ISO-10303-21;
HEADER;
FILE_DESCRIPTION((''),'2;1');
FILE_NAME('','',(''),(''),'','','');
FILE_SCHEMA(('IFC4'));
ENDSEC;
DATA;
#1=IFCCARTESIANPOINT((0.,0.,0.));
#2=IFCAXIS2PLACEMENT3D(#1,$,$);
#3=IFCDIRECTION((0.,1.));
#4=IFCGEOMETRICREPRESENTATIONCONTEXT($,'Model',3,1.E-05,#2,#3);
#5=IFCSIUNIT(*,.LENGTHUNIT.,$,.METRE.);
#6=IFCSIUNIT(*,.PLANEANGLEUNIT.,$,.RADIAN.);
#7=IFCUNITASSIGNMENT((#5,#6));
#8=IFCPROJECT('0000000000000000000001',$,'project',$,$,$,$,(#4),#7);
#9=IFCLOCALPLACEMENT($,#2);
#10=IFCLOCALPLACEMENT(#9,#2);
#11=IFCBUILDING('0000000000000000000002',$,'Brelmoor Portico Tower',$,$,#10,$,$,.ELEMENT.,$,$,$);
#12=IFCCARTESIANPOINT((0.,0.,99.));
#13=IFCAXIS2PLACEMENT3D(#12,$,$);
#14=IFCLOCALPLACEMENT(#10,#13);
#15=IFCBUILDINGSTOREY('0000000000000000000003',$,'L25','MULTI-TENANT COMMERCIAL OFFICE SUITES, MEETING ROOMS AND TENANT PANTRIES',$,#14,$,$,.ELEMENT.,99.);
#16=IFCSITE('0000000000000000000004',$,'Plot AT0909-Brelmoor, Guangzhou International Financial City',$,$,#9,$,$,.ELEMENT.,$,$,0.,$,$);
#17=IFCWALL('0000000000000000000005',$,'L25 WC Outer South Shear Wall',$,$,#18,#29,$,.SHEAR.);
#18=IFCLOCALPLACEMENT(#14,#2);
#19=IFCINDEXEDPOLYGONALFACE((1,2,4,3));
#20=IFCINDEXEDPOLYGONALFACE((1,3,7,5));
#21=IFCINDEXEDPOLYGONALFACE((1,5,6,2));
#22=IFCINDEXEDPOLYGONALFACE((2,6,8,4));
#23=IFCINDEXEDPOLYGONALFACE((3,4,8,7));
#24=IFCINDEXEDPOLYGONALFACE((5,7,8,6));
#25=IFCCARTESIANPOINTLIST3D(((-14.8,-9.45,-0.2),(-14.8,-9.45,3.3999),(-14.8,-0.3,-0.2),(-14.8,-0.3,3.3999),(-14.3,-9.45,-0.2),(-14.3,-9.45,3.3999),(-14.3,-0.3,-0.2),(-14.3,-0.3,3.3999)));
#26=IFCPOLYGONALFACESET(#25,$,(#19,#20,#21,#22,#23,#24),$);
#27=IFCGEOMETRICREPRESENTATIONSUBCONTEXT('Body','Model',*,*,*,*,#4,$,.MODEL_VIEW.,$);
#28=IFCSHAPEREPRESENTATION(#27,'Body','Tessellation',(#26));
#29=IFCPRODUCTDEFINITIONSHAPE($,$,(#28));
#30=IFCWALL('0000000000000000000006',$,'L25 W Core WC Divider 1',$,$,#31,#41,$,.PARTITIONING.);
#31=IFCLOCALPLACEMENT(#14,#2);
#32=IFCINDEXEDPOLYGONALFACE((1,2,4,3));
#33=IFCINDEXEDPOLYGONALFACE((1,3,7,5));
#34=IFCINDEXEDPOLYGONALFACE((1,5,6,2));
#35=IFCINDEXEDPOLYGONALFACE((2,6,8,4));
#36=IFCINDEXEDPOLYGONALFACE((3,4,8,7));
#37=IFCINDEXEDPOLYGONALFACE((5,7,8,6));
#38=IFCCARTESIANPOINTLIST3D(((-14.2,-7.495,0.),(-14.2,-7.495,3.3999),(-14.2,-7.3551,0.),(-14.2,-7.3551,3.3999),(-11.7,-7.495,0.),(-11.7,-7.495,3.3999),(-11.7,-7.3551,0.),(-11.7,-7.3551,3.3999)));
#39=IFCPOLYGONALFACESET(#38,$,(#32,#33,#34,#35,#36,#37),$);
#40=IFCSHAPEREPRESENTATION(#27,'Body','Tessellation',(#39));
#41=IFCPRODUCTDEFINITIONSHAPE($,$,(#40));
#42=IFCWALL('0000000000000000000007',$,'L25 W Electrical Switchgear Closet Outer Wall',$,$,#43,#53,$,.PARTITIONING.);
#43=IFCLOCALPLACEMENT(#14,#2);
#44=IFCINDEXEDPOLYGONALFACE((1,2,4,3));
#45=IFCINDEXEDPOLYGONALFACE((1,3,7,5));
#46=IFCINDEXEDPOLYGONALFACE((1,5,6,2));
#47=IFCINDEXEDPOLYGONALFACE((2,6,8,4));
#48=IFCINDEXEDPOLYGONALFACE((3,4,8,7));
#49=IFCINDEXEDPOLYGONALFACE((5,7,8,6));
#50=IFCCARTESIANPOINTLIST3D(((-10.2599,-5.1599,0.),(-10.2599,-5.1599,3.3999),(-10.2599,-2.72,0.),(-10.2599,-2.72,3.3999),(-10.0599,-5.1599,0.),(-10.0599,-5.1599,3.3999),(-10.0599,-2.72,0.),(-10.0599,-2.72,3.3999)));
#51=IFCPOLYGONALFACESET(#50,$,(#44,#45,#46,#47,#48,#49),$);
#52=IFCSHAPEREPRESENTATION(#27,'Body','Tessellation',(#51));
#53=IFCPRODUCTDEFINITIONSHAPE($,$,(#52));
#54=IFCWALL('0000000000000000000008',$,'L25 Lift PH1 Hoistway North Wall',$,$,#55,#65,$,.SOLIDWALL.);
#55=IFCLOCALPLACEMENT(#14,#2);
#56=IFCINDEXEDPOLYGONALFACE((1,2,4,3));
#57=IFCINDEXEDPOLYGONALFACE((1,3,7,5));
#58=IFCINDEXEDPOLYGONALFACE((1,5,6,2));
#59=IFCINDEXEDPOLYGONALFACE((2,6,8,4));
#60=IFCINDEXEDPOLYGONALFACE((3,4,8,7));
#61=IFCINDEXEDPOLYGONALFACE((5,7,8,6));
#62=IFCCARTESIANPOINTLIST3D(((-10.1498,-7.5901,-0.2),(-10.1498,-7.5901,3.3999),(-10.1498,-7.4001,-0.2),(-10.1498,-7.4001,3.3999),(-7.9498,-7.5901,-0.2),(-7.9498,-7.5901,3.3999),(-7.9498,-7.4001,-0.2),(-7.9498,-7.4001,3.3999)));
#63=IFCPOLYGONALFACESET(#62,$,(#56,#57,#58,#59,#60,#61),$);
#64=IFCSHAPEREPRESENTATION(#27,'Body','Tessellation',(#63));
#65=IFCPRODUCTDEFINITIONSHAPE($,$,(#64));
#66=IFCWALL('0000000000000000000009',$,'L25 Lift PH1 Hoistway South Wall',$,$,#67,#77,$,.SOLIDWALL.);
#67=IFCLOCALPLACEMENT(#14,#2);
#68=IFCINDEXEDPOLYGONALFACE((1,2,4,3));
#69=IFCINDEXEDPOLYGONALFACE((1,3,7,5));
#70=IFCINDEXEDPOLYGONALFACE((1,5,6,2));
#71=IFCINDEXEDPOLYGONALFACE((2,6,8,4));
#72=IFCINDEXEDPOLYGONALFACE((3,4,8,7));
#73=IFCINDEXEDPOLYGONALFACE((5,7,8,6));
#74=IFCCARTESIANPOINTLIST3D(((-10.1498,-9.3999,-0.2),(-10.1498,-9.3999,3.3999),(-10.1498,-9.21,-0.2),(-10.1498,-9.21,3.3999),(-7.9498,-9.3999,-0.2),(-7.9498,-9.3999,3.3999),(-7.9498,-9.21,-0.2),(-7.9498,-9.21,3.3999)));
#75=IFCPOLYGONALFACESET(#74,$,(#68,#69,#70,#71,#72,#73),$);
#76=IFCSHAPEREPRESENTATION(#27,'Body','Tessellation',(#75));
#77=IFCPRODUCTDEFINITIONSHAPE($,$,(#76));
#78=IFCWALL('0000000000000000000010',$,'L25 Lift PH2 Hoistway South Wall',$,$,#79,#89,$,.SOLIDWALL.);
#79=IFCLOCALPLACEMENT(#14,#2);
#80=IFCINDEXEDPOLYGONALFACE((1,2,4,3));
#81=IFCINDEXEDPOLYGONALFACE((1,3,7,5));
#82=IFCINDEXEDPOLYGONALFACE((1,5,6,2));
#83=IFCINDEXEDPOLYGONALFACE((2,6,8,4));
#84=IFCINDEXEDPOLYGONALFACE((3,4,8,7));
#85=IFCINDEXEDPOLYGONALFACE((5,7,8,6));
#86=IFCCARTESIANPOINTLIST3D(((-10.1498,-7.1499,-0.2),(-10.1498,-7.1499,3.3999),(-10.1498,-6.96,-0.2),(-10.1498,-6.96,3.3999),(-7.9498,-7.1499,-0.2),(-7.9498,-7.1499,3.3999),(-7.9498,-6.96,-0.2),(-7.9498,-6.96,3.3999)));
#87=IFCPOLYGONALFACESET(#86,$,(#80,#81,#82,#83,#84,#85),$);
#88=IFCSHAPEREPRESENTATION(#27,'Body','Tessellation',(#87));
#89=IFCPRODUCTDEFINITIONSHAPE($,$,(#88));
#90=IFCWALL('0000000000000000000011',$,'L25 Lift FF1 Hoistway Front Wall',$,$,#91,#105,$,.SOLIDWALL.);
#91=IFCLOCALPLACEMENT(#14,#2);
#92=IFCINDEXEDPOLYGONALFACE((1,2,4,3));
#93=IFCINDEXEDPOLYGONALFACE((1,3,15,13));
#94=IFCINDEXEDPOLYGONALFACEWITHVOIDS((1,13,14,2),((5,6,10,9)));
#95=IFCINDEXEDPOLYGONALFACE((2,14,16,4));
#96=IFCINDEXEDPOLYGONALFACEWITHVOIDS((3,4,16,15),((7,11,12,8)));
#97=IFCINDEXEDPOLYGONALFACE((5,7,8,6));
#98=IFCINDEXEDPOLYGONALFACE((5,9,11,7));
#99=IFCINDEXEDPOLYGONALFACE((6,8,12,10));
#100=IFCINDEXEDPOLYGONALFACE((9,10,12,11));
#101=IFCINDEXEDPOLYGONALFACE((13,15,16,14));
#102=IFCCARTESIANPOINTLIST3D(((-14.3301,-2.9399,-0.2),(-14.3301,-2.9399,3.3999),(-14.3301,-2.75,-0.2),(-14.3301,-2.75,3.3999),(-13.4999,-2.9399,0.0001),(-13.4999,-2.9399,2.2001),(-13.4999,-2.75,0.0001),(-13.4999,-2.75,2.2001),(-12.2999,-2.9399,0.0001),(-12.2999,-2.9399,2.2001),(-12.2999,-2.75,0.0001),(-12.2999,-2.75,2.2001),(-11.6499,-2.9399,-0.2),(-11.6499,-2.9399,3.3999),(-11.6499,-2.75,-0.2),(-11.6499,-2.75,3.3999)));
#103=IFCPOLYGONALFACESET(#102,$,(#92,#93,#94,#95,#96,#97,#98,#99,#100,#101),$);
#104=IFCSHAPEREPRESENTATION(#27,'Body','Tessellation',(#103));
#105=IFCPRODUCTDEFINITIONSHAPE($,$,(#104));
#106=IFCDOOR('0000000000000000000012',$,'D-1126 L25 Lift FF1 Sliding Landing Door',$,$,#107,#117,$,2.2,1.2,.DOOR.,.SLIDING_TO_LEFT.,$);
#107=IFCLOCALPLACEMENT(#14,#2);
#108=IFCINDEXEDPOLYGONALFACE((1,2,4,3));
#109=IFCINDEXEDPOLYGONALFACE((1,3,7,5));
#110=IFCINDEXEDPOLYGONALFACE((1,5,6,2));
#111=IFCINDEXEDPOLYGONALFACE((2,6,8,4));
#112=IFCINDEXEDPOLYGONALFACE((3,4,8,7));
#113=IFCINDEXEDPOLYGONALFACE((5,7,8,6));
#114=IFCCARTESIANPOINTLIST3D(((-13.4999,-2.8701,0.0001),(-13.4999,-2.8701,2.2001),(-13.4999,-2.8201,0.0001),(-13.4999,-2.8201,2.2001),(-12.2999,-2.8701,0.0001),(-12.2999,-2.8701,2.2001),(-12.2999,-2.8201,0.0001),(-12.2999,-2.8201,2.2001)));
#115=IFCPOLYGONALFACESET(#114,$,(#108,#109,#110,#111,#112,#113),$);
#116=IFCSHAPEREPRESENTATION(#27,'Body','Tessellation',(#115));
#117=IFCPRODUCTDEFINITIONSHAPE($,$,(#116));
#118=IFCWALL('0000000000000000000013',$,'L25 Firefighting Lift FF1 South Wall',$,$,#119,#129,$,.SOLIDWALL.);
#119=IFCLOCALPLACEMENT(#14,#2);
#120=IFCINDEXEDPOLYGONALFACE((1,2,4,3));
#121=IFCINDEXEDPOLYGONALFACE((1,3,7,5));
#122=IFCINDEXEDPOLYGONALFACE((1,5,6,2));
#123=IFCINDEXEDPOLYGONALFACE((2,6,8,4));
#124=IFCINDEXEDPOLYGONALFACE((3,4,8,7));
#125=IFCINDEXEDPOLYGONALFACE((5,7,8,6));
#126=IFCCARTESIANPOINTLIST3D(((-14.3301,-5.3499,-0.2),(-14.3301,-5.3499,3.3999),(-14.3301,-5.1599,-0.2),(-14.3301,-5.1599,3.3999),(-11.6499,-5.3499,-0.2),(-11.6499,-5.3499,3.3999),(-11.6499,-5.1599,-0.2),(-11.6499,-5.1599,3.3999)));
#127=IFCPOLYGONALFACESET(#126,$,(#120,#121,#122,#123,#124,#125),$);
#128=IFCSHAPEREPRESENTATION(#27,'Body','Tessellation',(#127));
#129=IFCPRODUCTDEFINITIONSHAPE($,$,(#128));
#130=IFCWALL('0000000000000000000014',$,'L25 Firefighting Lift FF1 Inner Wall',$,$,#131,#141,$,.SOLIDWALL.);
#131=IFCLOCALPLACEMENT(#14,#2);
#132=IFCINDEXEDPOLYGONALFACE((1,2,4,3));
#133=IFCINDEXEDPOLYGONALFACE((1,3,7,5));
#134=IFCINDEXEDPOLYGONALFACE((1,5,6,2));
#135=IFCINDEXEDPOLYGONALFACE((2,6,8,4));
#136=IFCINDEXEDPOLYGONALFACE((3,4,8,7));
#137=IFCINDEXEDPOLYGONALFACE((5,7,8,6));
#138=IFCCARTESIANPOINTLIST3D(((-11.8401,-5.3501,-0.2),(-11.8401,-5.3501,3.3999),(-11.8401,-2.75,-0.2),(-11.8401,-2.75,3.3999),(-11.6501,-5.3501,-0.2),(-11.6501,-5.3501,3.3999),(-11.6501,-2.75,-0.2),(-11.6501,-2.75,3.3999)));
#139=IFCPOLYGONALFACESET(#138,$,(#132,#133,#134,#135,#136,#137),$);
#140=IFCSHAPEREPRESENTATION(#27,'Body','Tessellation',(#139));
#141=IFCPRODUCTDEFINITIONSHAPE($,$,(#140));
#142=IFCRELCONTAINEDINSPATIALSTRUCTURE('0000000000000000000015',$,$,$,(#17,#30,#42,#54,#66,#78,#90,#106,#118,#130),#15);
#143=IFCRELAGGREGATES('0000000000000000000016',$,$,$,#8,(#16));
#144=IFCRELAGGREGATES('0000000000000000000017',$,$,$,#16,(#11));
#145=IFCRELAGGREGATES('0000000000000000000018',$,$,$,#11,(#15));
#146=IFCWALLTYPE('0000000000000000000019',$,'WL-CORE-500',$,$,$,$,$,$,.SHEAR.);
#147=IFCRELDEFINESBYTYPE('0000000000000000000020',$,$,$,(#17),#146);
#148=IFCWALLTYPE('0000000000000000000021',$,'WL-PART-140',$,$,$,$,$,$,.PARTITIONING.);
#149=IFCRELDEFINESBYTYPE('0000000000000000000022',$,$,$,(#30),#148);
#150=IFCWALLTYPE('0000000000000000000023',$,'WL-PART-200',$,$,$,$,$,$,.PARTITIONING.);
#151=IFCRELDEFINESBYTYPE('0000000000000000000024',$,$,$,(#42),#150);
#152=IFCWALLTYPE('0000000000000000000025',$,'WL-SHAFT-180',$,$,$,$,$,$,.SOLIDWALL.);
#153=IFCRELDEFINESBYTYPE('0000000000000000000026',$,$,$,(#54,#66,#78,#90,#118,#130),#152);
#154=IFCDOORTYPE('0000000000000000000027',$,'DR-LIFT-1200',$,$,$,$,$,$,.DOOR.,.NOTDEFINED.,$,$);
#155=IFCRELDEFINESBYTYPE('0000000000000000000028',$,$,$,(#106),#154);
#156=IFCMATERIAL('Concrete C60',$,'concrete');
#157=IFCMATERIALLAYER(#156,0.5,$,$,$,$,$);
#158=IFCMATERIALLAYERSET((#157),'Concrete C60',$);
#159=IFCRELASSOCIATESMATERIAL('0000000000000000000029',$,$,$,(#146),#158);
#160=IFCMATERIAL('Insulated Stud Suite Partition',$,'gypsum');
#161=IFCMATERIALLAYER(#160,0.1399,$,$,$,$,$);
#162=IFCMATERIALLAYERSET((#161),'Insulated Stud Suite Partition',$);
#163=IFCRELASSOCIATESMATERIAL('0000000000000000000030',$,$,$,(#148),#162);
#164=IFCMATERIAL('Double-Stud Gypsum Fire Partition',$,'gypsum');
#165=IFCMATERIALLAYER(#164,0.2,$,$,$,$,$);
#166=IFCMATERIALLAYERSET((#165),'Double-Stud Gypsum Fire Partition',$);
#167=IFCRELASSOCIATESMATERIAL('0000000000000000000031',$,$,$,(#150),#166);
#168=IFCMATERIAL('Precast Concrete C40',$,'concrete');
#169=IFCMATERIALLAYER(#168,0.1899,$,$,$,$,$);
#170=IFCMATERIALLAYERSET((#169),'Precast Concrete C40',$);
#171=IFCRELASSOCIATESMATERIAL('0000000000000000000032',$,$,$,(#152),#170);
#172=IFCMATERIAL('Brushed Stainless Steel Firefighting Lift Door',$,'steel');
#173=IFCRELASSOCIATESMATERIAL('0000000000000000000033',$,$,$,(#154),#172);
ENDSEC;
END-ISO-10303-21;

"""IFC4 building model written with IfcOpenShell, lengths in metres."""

from ifc_helpers import new_model, si_unit, direction, frame, frame_2d, origin, place, context, subcontext, project, spatial, rectangle, extrude, material, layer, layer_set, type_object, element, fill, save


model = new_model("IFC4")

# Units and contexts
model_context = context("Model", 3, precision=1e-05, world=origin(), true_north=direction((0.0, 1.0)))
body_context = subcontext(model_context, "Body", "Model", "MODEL_VIEW")
ifc_project = project(units=[si_unit("LENGTHUNIT", "METRE"), si_unit("PLANEANGLEUNIT", "RADIAN")], contexts=[model_context])

# Site, building, storey
site_placement = place(None, origin())
site = spatial("IfcSite", under=ifc_project, at=site_placement, Name="Plot AT0909-Brelmoor, Guangzhou International Financial City", CompositionType="ELEMENT", RefElevation=0.0)
building_placement = place(site_placement, origin())
building = spatial("IfcBuilding", under=site, at=building_placement, Name="Brelmoor Portico Tower", CompositionType="ELEMENT")
storey_placement = place(building_placement, frame((0.0, 0.0, 99.0)))
storey = spatial("IfcBuildingStorey", under=building, at=storey_placement, Name="L25", Description="MULTI-TENANT COMMERCIAL OFFICE SUITES, MEETING ROOMS AND TENANT PANTRIES", CompositionType="ELEMENT", Elevation=99.0)

# Walls
ifc_material_1 = material(Name="Concrete C60", Category="concrete")
ifc_layer_1 = layer(ifc_material_1, 0.5)
ifc_layer_set_1 = layer_set([ifc_layer_1], Name="Concrete C60")
wall_type_1 = type_object("IfcWallType", Name="WL-CORE-500", PredefinedType="SHEAR", material=ifc_layer_set_1)
wall_1_placement = place(storey_placement, frame((-14.55, -9.45, -0.2), z_axis=(0.0, 0.0, 1.0), x_axis=(0.0, 1.0, 0.0)))
element("IfcWall", 1, at=wall_1_placement, inside=storey, type_object=wall_type_1, Name="L25 WC Outer South Shear Wall", PredefinedType="SHEAR", context=body_context, shape_type="SweptSolid", body=[
    extrude(rectangle(XDim=9.1499, YDim=0.5, at=frame_2d((4.575, 0.0))), origin(), (0.0, 0.0, 1.0), 3.5999),
])
ifc_material_2 = material(Name="Insulated Stud Suite Partition", Category="gypsum")
ifc_layer_2 = layer(ifc_material_2, 0.1399)
ifc_layer_set_2 = layer_set([ifc_layer_2], Name="Insulated Stud Suite Partition")
wall_type_2 = type_object("IfcWallType", Name="WL-PART-140", PredefinedType="PARTITIONING", material=ifc_layer_set_2)
wall_2_placement = place(storey_placement, frame((-11.7, -7.425, 0.0), z_axis=(0.0, 0.0, 1.0), x_axis=(-1.0, 0.0, 0.0)))
element("IfcWall", 2, at=wall_2_placement, inside=storey, type_object=wall_type_2, Name="L25 W Core WC Divider 1", PredefinedType="PARTITIONING", context=body_context, shape_type="SweptSolid", body=[
    extrude(rectangle(XDim=2.5, YDim=0.1399, at=frame_2d((1.25, 0.0))), origin(), (0.0, 0.0, 1.0), 3.3999),
])

# Shared definitions
ifc_material_3 = material(Name="Double-Stud Gypsum Fire Partition", Category="gypsum")
ifc_layer_3 = layer(ifc_material_3, 0.2)
ifc_layer_set_3 = layer_set([ifc_layer_3], Name="Double-Stud Gypsum Fire Partition")
wall_type_3 = type_object("IfcWallType", Name="WL-PART-200", PredefinedType="PARTITIONING", material=ifc_layer_set_3)

# Walls
wall_3_placement = place(storey_placement, frame((-10.1599, -5.1599, 0.0), z_axis=(0.0, 0.0, 1.0), x_axis=(0.0, 1.0, 0.0)))
element("IfcWall", 3, at=wall_3_placement, inside=storey, type_object=wall_type_3, Name="L25 W Electrical Switchgear Closet Outer Wall", PredefinedType="PARTITIONING", context=body_context, shape_type="SweptSolid", body=[
    extrude(rectangle(XDim=2.4399, YDim=0.2, at=frame_2d((1.22, 0.0))), origin(), (0.0, 0.0, 1.0), 3.3999),
])
ifc_material_4 = material(Name="Precast Concrete C40", Category="concrete")
ifc_layer_4 = layer(ifc_material_4, 0.1899)
ifc_layer_set_4 = layer_set([ifc_layer_4], Name="Precast Concrete C40")
wall_type_4 = type_object("IfcWallType", Name="WL-SHAFT-180", PredefinedType="SOLIDWALL", material=ifc_layer_set_4)
for number, where, z_axis, x_axis, name in (
    (4, (-10.1499, -7.4951, -0.2), (0.0, 0.0, 1.0), (1.0, 0.0, 0.0), "L25 Lift PH1 Hoistway North Wall"),
    (5, (-10.1499, -9.3049, -0.2), (0.0, 0.0, 1.0), (1.0, 0.0, 0.0), "L25 Lift PH1 Hoistway South Wall"),
    (6, (-10.1499, -7.0549, -0.2), (0.0, 0.0, 1.0), (1.0, 0.0, 0.0), "L25 Lift PH2 Hoistway South Wall"),
):
    element("IfcWall", number, at=place(storey_placement, frame(where, z_axis=z_axis, x_axis=x_axis)), inside=storey, type_object=wall_type_4, Name=name, PredefinedType="SOLIDWALL", context=body_context, shape_type="SweptSolid", body=[
        extrude(rectangle(XDim=2.2, YDim=0.1899, at=frame_2d((1.1001, 0.0))), origin(), (0.0, 0.0, 1.0), 3.5999),
    ])

# Wall, opening, door
wall_4_placement = place(storey_placement, frame((-14.3301, -2.845, -0.2), z_axis=(0.0, 0.0, 1.0), x_axis=(1.0, 0.0, 0.0)))
wall_4 = element("IfcWall", 7, at=wall_4_placement, inside=storey, type_object=wall_type_4, Name="L25 Lift FF1 Hoistway Front Wall", PredefinedType="SOLIDWALL", context=body_context, shape_type="SweptSolid", body=[
    extrude(rectangle(XDim=2.6802, YDim=0.1899, at=frame_2d((1.3401, 0.0))), origin(), (0.0, 0.0, 1.0), 3.5999),
])
opening_1_placement = place(wall_4_placement, frame((0.8301, 0.0, 0.2)))
opening_1 = element("IfcOpeningElement", 8, at=opening_1_placement, cuts=wall_4, PredefinedType="OPENING", context=body_context, shape_type="SweptSolid", body=[
    extrude(rectangle(XDim=1.2, YDim=2.2, at=frame_2d((0.6001, 1.1001))), frame((0.0, 0.105, 0.0), z_axis=(0.0, -1.0, 0.0), x_axis=(1.0, 0.0, 0.0)), (0.0, 0.0, 1.0), 0.21),
])
ifc_material_5 = material(Name="Brushed Stainless Steel Firefighting Lift Door", Category="steel")
door_type_1 = type_object("IfcDoorType", Name="DR-LIFT-1200", OperationType="NOTDEFINED", PredefinedType="DOOR", material=ifc_material_5)
door_1_placement = place(opening_1_placement, origin())
door_1 = element("IfcDoor", 9, at=door_1_placement, inside=storey, type_object=door_type_1, Name="D-1126 L25 Lift FF1 Sliding Landing Door", OperationType="SLIDING_TO_LEFT", OverallHeight=2.2, OverallWidth=1.2, PredefinedType="DOOR", context=body_context, shape_type="SweptSolid", body=[
    extrude(rectangle(XDim=1.2, YDim=2.2, at=frame_2d((0.6001, 1.1001))), frame((0.0, 0.0249, 0.0), z_axis=(0.0, -1.0, 0.0), x_axis=(1.0, 0.0, 0.0)), (0.0, 0.0, 1.0), 0.05),
])
fill(opening_1, door_1)

# Walls
wall_5_placement = place(storey_placement, frame((-14.3301, -5.2549, -0.2), z_axis=(0.0, 0.0, 1.0), x_axis=(1.0, 0.0, 0.0)))
element("IfcWall", 10, at=wall_5_placement, inside=storey, type_object=wall_type_4, Name="L25 Firefighting Lift FF1 South Wall", PredefinedType="SOLIDWALL", context=body_context, shape_type="SweptSolid", body=[
    extrude(rectangle(XDim=2.6802, YDim=0.1899, at=frame_2d((1.3401, 0.0))), origin(), (0.0, 0.0, 1.0), 3.5999),
])
wall_6_placement = place(storey_placement, frame((-11.7451, -5.3501, -0.2), z_axis=(0.0, 0.0, 1.0), x_axis=(0.0, 1.0, 0.0)))
element("IfcWall", 11, at=wall_6_placement, inside=storey, type_object=wall_type_4, Name="L25 Firefighting Lift FF1 Inner Wall", PredefinedType="SOLIDWALL", context=body_context, shape_type="SweptSolid", body=[
    extrude(rectangle(XDim=2.6001, YDim=0.1899, at=frame_2d((1.3, 0.0))), origin(), (0.0, 0.0, 1.0), 3.5999),
])

save(model, "model.ifc")
